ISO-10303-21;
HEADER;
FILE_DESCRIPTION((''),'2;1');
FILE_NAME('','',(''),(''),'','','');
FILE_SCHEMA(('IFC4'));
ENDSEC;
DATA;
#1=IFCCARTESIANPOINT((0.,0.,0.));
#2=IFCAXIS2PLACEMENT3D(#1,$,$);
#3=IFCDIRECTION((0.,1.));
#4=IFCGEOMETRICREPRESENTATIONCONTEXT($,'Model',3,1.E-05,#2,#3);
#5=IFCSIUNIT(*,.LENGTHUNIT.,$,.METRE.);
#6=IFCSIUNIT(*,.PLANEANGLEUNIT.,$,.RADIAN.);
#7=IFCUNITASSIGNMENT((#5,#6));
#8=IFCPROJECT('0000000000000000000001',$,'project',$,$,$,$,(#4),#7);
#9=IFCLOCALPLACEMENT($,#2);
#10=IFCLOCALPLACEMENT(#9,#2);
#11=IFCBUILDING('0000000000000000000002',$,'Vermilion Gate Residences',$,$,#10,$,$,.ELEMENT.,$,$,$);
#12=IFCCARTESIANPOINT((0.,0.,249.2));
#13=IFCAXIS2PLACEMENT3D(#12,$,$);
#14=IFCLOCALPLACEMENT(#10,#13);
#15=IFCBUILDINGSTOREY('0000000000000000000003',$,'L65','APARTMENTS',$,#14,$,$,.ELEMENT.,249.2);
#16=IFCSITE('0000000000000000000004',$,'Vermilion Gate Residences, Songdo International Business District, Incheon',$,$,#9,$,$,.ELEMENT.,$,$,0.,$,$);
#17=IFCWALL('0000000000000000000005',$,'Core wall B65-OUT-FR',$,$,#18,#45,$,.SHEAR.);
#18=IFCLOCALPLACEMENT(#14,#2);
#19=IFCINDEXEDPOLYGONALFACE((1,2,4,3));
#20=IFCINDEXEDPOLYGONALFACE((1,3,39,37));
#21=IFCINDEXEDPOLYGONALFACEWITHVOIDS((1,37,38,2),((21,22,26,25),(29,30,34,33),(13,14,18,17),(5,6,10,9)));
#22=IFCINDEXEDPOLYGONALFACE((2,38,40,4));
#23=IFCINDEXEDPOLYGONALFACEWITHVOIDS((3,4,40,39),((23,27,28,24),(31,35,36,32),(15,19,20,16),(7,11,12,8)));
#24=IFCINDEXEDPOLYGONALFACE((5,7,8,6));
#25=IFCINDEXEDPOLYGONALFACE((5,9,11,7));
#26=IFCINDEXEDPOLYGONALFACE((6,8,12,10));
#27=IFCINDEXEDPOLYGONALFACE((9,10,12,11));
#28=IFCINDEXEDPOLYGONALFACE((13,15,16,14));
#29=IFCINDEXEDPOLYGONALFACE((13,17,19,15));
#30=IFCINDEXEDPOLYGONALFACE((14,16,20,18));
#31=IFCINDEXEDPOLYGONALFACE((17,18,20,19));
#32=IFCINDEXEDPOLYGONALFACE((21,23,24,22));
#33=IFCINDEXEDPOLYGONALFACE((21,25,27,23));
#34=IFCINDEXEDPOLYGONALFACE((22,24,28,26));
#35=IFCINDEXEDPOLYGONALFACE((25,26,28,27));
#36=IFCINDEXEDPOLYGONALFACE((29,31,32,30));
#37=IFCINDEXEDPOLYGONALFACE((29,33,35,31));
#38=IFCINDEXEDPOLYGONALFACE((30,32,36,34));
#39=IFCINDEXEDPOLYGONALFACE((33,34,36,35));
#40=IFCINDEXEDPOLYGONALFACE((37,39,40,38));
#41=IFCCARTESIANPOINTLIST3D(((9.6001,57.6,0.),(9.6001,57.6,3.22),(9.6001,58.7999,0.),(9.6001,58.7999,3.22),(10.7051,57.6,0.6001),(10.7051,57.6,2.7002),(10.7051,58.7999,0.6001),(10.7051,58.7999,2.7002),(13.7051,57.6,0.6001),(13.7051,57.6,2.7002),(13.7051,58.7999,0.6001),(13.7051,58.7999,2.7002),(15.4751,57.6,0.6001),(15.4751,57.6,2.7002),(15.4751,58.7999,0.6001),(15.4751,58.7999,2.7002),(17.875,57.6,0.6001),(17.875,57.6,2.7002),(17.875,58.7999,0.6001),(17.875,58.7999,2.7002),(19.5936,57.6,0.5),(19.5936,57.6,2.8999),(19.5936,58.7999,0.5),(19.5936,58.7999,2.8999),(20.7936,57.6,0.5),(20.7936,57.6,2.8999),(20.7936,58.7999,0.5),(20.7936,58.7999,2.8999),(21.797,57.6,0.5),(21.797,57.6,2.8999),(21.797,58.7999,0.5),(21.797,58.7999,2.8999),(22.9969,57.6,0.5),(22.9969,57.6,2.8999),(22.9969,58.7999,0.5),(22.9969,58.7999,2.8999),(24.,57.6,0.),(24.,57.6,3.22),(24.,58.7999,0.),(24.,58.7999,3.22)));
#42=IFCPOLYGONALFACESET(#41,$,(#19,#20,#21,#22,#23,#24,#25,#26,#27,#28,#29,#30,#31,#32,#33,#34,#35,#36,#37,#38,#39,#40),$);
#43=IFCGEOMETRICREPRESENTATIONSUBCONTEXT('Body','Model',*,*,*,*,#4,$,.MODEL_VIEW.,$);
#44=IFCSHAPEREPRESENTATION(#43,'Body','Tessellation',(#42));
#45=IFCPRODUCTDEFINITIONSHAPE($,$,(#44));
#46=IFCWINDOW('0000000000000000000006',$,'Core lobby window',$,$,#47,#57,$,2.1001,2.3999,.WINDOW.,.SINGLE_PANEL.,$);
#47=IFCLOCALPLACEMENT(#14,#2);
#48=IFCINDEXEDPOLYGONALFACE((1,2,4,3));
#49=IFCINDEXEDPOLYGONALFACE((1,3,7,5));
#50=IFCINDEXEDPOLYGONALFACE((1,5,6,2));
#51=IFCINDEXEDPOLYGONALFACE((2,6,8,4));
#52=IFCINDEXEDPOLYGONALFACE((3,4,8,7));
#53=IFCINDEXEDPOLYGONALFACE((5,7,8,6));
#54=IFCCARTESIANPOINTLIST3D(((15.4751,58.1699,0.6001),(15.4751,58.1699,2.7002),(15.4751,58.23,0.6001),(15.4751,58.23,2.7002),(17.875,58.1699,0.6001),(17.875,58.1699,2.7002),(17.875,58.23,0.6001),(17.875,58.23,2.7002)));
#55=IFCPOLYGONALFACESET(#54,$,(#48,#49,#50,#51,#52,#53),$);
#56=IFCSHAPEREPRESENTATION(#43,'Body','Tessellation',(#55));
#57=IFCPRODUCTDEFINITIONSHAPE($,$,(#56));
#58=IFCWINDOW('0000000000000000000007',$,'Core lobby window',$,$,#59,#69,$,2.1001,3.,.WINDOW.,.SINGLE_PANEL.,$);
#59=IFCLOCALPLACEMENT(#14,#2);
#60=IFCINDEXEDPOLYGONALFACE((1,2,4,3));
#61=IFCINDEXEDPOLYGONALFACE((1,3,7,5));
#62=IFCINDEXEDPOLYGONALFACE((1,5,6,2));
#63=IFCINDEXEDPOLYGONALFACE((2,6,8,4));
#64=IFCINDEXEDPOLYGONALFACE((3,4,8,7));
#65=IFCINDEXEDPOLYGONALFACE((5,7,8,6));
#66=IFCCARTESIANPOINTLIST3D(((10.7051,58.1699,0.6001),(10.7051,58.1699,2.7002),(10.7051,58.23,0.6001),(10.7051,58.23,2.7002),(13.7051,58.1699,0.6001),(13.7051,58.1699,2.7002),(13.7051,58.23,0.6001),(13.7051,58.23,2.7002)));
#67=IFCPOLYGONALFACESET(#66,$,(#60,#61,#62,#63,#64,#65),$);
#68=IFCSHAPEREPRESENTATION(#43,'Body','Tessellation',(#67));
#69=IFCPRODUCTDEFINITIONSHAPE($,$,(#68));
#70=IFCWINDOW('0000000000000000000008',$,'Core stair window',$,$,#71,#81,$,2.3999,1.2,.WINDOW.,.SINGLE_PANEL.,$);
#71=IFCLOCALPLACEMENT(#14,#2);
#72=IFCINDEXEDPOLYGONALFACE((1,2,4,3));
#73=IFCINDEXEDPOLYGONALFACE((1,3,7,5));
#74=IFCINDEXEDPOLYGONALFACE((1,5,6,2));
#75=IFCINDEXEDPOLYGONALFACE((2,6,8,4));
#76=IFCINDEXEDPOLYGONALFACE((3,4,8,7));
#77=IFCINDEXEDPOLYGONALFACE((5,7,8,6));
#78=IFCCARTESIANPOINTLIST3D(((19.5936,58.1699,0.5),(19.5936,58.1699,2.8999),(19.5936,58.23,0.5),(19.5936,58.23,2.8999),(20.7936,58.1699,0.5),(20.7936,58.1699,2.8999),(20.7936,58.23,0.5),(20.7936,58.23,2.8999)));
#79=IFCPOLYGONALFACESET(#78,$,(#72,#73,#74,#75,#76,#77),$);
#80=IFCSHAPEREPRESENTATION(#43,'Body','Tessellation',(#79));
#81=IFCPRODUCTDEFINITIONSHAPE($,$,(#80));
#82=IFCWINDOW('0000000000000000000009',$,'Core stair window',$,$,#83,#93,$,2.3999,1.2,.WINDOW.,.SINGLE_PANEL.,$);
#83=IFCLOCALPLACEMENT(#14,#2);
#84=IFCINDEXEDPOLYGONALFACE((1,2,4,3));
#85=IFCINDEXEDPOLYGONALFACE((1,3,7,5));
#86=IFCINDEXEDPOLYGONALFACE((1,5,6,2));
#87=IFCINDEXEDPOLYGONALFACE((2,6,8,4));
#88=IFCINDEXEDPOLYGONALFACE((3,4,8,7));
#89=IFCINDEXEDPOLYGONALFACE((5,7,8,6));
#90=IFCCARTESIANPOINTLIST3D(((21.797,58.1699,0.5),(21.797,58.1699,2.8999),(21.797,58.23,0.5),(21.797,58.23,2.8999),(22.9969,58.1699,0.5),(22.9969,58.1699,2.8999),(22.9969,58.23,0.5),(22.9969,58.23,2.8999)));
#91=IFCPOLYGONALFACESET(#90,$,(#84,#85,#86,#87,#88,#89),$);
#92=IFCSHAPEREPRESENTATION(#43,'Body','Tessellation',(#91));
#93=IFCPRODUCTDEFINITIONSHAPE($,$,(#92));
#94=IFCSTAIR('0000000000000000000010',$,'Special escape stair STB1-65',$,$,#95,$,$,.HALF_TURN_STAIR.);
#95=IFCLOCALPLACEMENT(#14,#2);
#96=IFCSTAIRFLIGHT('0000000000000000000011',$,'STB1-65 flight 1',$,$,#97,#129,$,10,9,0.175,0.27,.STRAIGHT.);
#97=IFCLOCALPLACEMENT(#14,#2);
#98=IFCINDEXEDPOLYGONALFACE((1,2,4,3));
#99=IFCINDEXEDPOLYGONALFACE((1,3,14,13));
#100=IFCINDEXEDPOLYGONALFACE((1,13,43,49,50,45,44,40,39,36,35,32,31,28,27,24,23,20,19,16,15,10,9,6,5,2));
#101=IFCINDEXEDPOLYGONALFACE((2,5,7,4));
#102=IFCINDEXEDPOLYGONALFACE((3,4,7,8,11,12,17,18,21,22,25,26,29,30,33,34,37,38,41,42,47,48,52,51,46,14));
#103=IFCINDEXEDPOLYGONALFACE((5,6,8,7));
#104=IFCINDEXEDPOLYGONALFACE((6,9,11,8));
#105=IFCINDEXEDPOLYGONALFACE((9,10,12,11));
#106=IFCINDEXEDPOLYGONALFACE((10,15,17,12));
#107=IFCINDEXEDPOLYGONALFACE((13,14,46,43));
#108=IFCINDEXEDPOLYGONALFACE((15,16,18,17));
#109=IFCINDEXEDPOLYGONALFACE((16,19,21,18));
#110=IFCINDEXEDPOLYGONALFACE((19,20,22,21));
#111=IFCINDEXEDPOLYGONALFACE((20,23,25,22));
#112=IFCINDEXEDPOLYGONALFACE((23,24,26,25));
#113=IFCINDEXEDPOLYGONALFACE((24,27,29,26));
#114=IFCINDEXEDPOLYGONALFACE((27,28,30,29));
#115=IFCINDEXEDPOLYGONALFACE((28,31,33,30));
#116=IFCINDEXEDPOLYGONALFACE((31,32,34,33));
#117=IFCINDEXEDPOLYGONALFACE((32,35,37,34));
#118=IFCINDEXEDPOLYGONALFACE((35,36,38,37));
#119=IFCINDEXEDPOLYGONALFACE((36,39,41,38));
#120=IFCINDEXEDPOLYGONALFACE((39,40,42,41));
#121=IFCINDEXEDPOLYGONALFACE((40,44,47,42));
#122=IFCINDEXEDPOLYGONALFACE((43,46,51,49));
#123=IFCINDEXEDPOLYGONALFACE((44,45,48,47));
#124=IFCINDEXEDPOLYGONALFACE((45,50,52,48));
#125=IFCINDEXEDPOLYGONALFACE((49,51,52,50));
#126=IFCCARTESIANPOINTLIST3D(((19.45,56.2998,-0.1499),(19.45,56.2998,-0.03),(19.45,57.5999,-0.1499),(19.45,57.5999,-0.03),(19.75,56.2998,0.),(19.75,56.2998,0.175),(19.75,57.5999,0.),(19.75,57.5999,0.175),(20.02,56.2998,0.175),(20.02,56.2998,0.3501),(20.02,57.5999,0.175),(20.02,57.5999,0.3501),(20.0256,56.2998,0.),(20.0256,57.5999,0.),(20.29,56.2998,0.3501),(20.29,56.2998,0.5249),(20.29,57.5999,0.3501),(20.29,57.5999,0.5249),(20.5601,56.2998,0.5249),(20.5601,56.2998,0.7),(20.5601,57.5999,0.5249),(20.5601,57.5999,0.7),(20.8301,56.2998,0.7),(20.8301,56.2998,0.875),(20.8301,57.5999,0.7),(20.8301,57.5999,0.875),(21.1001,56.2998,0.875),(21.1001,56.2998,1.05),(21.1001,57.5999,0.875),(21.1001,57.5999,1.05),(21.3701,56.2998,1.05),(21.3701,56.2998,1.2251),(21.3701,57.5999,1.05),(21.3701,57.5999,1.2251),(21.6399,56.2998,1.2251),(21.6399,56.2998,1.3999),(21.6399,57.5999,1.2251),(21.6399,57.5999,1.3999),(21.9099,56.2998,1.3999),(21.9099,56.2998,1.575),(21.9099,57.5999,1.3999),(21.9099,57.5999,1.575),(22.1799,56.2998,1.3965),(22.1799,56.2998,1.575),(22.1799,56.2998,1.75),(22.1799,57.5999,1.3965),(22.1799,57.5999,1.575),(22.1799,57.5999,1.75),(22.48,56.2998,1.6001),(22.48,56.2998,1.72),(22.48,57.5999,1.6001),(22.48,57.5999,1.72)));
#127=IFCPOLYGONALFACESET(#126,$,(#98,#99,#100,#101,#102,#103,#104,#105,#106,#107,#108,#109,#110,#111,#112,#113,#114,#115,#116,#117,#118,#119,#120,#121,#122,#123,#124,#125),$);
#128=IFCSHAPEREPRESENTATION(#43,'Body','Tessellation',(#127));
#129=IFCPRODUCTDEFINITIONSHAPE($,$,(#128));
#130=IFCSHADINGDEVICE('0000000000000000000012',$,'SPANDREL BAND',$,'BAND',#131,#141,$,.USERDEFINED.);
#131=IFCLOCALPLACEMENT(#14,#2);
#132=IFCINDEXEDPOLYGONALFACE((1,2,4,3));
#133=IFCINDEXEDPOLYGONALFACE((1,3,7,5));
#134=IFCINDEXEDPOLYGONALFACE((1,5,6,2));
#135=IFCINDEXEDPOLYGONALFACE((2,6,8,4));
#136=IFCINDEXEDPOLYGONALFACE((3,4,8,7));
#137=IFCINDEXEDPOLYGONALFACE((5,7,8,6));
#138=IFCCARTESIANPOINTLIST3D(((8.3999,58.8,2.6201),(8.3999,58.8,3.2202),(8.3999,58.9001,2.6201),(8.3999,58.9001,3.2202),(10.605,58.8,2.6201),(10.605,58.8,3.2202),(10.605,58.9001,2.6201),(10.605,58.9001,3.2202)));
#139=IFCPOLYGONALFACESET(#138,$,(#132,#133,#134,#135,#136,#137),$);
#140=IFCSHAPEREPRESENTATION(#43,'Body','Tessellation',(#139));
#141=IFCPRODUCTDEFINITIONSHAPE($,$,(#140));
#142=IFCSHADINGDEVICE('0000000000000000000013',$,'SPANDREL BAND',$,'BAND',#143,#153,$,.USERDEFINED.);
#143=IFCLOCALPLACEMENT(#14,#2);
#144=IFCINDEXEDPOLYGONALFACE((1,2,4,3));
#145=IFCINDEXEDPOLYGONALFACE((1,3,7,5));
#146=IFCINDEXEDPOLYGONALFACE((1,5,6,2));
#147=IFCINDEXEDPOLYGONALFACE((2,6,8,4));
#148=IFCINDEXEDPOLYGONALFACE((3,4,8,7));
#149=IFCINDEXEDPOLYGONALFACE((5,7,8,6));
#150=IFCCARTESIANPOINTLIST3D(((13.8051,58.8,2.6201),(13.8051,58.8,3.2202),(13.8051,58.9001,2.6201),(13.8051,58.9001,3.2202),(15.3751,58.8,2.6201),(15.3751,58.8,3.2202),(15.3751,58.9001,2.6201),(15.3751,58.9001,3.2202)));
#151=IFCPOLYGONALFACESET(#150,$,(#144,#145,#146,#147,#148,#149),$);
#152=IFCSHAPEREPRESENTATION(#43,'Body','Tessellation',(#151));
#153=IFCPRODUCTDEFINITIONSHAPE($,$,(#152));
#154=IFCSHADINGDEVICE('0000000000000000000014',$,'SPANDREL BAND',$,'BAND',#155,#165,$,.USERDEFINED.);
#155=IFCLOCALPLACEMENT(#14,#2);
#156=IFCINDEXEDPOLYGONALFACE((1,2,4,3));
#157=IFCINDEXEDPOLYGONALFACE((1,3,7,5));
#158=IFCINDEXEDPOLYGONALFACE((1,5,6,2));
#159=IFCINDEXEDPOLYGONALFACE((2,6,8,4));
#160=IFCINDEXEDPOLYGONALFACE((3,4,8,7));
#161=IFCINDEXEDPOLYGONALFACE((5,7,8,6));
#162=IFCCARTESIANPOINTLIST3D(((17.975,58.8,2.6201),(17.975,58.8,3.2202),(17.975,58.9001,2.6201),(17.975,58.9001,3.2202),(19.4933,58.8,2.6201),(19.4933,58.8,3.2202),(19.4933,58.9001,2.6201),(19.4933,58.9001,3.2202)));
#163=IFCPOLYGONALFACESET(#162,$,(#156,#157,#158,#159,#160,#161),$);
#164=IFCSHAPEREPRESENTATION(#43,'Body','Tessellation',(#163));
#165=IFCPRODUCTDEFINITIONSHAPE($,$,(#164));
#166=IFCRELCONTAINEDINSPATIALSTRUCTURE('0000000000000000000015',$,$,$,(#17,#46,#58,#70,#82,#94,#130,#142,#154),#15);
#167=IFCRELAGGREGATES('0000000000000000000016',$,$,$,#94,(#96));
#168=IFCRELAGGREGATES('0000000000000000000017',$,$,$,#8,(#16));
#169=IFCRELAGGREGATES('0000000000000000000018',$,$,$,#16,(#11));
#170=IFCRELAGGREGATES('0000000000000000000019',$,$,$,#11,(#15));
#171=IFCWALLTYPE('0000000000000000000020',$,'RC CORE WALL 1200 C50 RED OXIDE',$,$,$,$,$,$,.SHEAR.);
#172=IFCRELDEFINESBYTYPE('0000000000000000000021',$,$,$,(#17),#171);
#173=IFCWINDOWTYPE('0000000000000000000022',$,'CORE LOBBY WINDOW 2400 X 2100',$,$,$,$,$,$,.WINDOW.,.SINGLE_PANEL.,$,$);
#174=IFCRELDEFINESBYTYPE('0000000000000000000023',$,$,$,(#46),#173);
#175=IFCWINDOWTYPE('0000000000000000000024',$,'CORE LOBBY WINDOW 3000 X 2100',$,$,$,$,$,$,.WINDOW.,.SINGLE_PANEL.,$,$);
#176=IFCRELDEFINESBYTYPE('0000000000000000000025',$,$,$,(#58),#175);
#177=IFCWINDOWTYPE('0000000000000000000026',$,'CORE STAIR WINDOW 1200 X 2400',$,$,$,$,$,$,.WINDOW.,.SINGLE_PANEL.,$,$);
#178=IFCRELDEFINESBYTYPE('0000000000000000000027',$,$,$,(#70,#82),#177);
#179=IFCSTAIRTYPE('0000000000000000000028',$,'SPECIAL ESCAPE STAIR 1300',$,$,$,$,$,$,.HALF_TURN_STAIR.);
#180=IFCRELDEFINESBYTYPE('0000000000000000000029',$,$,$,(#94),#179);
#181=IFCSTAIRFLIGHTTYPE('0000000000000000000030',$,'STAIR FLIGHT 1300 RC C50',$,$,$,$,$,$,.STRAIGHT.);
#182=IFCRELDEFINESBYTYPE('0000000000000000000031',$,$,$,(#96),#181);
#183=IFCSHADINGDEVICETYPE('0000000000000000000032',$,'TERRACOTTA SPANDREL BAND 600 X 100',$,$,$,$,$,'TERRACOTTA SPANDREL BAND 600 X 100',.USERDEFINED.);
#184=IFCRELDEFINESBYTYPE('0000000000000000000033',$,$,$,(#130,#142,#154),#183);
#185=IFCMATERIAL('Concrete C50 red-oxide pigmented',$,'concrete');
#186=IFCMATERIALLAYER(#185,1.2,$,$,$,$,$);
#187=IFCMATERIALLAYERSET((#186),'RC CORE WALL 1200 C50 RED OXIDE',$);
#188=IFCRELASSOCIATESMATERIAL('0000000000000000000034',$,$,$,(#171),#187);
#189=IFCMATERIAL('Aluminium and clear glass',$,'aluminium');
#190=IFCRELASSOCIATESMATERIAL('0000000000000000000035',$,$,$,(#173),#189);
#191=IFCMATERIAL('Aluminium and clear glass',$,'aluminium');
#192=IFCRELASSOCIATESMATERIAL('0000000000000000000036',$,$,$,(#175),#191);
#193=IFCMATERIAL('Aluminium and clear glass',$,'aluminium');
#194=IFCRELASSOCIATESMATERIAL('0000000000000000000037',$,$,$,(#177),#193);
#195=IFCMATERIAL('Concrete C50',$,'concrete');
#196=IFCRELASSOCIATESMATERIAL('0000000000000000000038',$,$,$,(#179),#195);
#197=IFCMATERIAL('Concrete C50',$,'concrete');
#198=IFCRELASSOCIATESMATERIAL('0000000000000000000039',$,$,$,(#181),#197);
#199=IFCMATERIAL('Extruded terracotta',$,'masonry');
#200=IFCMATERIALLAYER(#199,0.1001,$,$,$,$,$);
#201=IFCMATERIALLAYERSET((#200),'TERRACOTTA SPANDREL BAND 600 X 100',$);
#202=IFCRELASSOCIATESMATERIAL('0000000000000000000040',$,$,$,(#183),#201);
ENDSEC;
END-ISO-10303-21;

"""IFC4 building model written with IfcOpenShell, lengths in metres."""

from ifc_helpers import new_model, si_unit, direction, frame, frame_2d, origin, origin_2d, place, context, subcontext, project, spatial, polyline, rectangle, outline, extrude, material, layer, layer_set, type_object, element, fill, aggregate, save


model = new_model("IFC4")

# Units and contexts
model_context = context("Model", 3, precision=1e-05, world=origin(), true_north=direction((0.0, 1.0)))
body_context = subcontext(model_context, "Body", "Model", "MODEL_VIEW")
ifc_project = project(units=[si_unit("LENGTHUNIT", "METRE"), si_unit("PLANEANGLEUNIT", "RADIAN")], contexts=[model_context])

# Site, building, storey
site_placement = place(None, origin())
site = spatial("IfcSite", under=ifc_project, at=site_placement, Name="Vermilion Gate Residences, Songdo International Business District, Incheon", CompositionType="ELEMENT", RefElevation=0.0)
building_placement = place(site_placement, origin())
building = spatial("IfcBuilding", under=site, at=building_placement, Name="Vermilion Gate Residences", CompositionType="ELEMENT")
storey_placement = place(building_placement, frame((0.0, 0.0, 249.2)))
storey = spatial("IfcBuildingStorey", under=building, at=storey_placement, Name="L65", Description="APARTMENTS", CompositionType="ELEMENT", Elevation=249.2)

# Wall, openings, windows
ifc_material_1 = material(Name="Concrete C50 red-oxide pigmented", Category="concrete")
ifc_layer_1 = layer(ifc_material_1, 1.2)
ifc_layer_set_1 = layer_set([ifc_layer_1], Name="RC CORE WALL 1200 C50 RED OXIDE")
wall_type_1 = type_object("IfcWallType", Name="RC CORE WALL 1200 C50 RED OXIDE", PredefinedType="SHEAR", material=ifc_layer_set_1)
ifc_material_2 = material(Name="Aluminium and clear glass", Category="aluminium")
window_type_1 = type_object("IfcWindowType", Name="CORE LOBBY WINDOW 2400 X 2100", PartitioningType="SINGLE_PANEL", PredefinedType="WINDOW", material=ifc_material_2)
wall_1_placement = place(storey_placement, frame((9.6001, 58.2, 0.0), z_axis=(0.0, 0.0, 1.0), x_axis=(1.0, 0.0, 0.0)))
wall_1 = element("IfcWall", 1, at=wall_1_placement, inside=storey, type_object=wall_type_1, Name="Core wall B65-OUT-FR", PredefinedType="SHEAR", context=body_context, shape_type="SweptSolid", body=[
    extrude(rectangle(XDim=14.3999, YDim=1.2, at=frame_2d((7.2, 0.0))), origin(), (0.0, 0.0, 1.0), 3.22),
])
opening_1_placement = place(wall_1_placement, frame((1.105, 0.0, 0.6001)))
opening_1 = element("IfcOpeningElement", 2, at=opening_1_placement, cuts=wall_1, PredefinedType="OPENING", context=body_context, shape_type="SweptSolid", body=[
    extrude(rectangle(XDim=3.0, YDim=2.1001, at=frame_2d((1.5, 1.05))), frame((0.0, 0.6099, 0.0), z_axis=(0.0, -1.0, 0.0), x_axis=(1.0, 0.0, 0.0)), (0.0, 0.0, 1.0), 1.22),
])
opening_2_placement = place(wall_1_placement, frame((5.875, 0.0, 0.6001)))
opening_2 = element("IfcOpeningElement", 3, at=opening_2_placement, cuts=wall_1, PredefinedType="OPENING", context=body_context, shape_type="SweptSolid", body=[
    extrude(rectangle(XDim=2.3999, YDim=2.1001, at=frame_2d((1.2, 1.05))), frame((0.0, 0.6099, 0.0), z_axis=(0.0, -1.0, 0.0), x_axis=(1.0, 0.0, 0.0)), (0.0, 0.0, 1.0), 1.22),
])
opening_3_placement = place(wall_1_placement, frame((9.9934, 0.0, 0.5)))
opening_3 = element("IfcOpeningElement", 4, at=opening_3_placement, cuts=wall_1, PredefinedType="OPENING", context=body_context, shape_type="SweptSolid", body=[
    extrude(rectangle(XDim=1.2, YDim=2.3999, at=frame_2d((0.6001, 1.2))), frame((0.0, 0.6099, 0.0), z_axis=(0.0, -1.0, 0.0), x_axis=(1.0, 0.0, 0.0)), (0.0, 0.0, 1.0), 1.22),
])
opening_4_placement = place(wall_1_placement, frame((12.1968, 0.0, 0.5)))
opening_4 = element("IfcOpeningElement", 5, at=opening_4_placement, cuts=wall_1, PredefinedType="OPENING", context=body_context, shape_type="SweptSolid", body=[
    extrude(rectangle(XDim=1.2, YDim=2.3999, at=frame_2d((0.6001, 1.2))), frame((0.0, 0.6099, 0.0), z_axis=(0.0, -1.0, 0.0), x_axis=(1.0, 0.0, 0.0)), (0.0, 0.0, 1.0), 1.22),
])
window_1_placement = place(opening_2_placement, origin())
window_1 = element("IfcWindow", 6, at=window_1_placement, inside=storey, type_object=window_type_1, Name="Core lobby window", OverallHeight=2.1001, OverallWidth=2.3999, PartitioningType="SINGLE_PANEL", PredefinedType="WINDOW", context=body_context, shape_type="SweptSolid", body=[
    extrude(rectangle(XDim=2.3999, YDim=2.1001, at=frame_2d((1.2, 1.05))), frame((0.0, 0.03, 0.0), z_axis=(0.0, -1.0, 0.0), x_axis=(1.0, 0.0, 0.0)), (0.0, 0.0, 1.0), 0.0601),
])
fill(opening_2, window_1)
ifc_material_3 = material(Name="Aluminium and clear glass", Category="aluminium")
window_type_2 = type_object("IfcWindowType", Name="CORE LOBBY WINDOW 3000 X 2100", PartitioningType="SINGLE_PANEL", PredefinedType="WINDOW", material=ifc_material_3)
window_2_placement = place(opening_1_placement, origin())
window_2 = element("IfcWindow", 7, at=window_2_placement, inside=storey, type_object=window_type_2, Name="Core lobby window", OverallHeight=2.1001, OverallWidth=3.0, PartitioningType="SINGLE_PANEL", PredefinedType="WINDOW", context=body_context, shape_type="SweptSolid", body=[
    extrude(rectangle(XDim=3.0, YDim=2.1001, at=frame_2d((1.5, 1.05))), frame((0.0, 0.03, 0.0), z_axis=(0.0, -1.0, 0.0), x_axis=(1.0, 0.0, 0.0)), (0.0, 0.0, 1.0), 0.0601),
])
fill(opening_1, window_2)
ifc_material_4 = material(Name="Aluminium and clear glass", Category="aluminium")
window_type_3 = type_object("IfcWindowType", Name="CORE STAIR WINDOW 1200 X 2400", PartitioningType="SINGLE_PANEL", PredefinedType="WINDOW", material=ifc_material_4)
window_3_placement = place(opening_3_placement, origin())
window_3 = element("IfcWindow", 8, at=window_3_placement, inside=storey, type_object=window_type_3, Name="Core stair window", OverallHeight=2.3999, OverallWidth=1.2, PartitioningType="SINGLE_PANEL", PredefinedType="WINDOW", context=body_context, shape_type="SweptSolid", body=[
    extrude(rectangle(XDim=1.2, YDim=2.3999, at=frame_2d((0.6001, 1.2))), frame((0.0, 0.03, 0.0), z_axis=(0.0, -1.0, 0.0), x_axis=(1.0, 0.0, 0.0)), (0.0, 0.0, 1.0), 0.0601),
])
fill(opening_3, window_3)
window_4_placement = place(opening_4_placement, origin())
window_4 = element("IfcWindow", 9, at=window_4_placement, inside=storey, type_object=window_type_3, Name="Core stair window", OverallHeight=2.3999, OverallWidth=1.2, PartitioningType="SINGLE_PANEL", PredefinedType="WINDOW", context=body_context, shape_type="SweptSolid", body=[
    extrude(rectangle(XDim=1.2, YDim=2.3999, at=frame_2d((0.6001, 1.2))), frame((0.0, 0.03, 0.0), z_axis=(0.0, -1.0, 0.0), x_axis=(1.0, 0.0, 0.0)), (0.0, 0.0, 1.0), 0.0601),
])
fill(opening_4, window_4)

# Stair, stair flight
ifc_material_5 = material(Name="Concrete C50", Category="concrete")
stair_type = type_object("IfcStairType", Name="SPECIAL ESCAPE STAIR 1300", PredefinedType="HALF_TURN_STAIR", material=ifc_material_5)
stair_placement = place(storey_placement, origin())
stair = element("IfcStair", 10, at=stair_placement, inside=storey, type_object=stair_type, Name="Special escape stair STB1-65", PredefinedType="HALF_TURN_STAIR")
ifc_material_6 = material(Name="Concrete C50", Category="concrete")
stair_flight_type = type_object("IfcStairFlightType", Name="STAIR FLIGHT 1300 RC C50", PredefinedType="STRAIGHT", material=ifc_material_6)
stair_flight_placement = place(storey_placement, frame((19.75, 56.95, 0.0), z_axis=(0.0, 0.0, 1.0), x_axis=(1.0, 0.0, 0.0)))
stair_flight = element("IfcStairFlight", 11, at=stair_flight_placement, type_object=stair_flight_type, Name="STB1-65 flight 1", NumberOfRisers=10, NumberOfTreads=9, PredefinedType="STRAIGHT", RiserHeight=0.175, TreadLength=0.27, context=body_context, shape_type="SweptSolid", body=[
    extrude(outline(polyline([(-0.3, -0.1499), (-0.3, -0.03), (0.0, 0.0), (0.0, 0.175), (0.27, 0.175), (0.27, 0.3501), (0.54, 0.3501), (0.54, 0.5249), (0.8101, 0.5249), (0.8101, 0.7), (1.0801, 0.7), (1.0801, 0.875), (1.3501, 0.875), (1.3501, 1.05), (1.6201, 1.05), (1.6201, 1.2251), (1.8899, 1.2251), (1.8899, 1.3999), (2.1599, 1.3999), (2.1599, 1.575), (2.4299, 1.575), (2.4299, 1.75), (2.73, 1.72), (2.73, 1.6001), (2.4299, 1.3965), (0.2756, 0.0), (-0.3, -0.1499)])), frame((0.0, 0.6499, 0.0), z_axis=(0.0, -1.0, 0.0), x_axis=(1.0, 0.0, 0.0)), (0.0, 0.0, 1.0), 1.3),
])
aggregate(stair, [stair_flight])

# Shading devices
ifc_material_7 = material(Name="Extruded terracotta", Category="masonry")
ifc_layer_2 = layer(ifc_material_7, 0.1001)
ifc_layer_set_2 = layer_set([ifc_layer_2], Name="TERRACOTTA SPANDREL BAND 600 X 100")
shading_device_type = type_object("IfcShadingDeviceType", Name="TERRACOTTA SPANDREL BAND 600 X 100", ElementType="TERRACOTTA SPANDREL BAND 600 X 100", PredefinedType="USERDEFINED", material=ifc_layer_set_2)
shading_device_1_placement = place(storey_placement, frame((9.5024, 58.8501, 2.6201), z_axis=(0.0, 0.0, 1.0), x_axis=(1.0, 0.0, 0.0)))
element("IfcShadingDevice", 12, at=shading_device_1_placement, inside=storey, type_object=shading_device_type, Name="SPANDREL BAND", ObjectType="BAND", PredefinedType="USERDEFINED", context=body_context, shape_type="SweptSolid", body=[
    extrude(rectangle(XDim=2.2051, YDim=0.1001, at=origin_2d()), origin(), (0.0, 0.0, 1.0), 0.6001),
])
shading_device_2_placement = place(storey_placement, frame((14.5901, 58.8501, 2.6201), z_axis=(0.0, 0.0, 1.0), x_axis=(1.0, 0.0, 0.0)))
element("IfcShadingDevice", 13, at=shading_device_2_placement, inside=storey, type_object=shading_device_type, Name="SPANDREL BAND", ObjectType="BAND", PredefinedType="USERDEFINED", context=body_context, shape_type="SweptSolid", body=[
    extrude(rectangle(XDim=1.5701, YDim=0.1001, at=origin_2d()), origin(), (0.0, 0.0, 1.0), 0.6001),
])
shading_device_3_placement = place(storey_placement, frame((18.7341, 58.8501, 2.6201), z_axis=(0.0, 0.0, 1.0), x_axis=(1.0, 0.0, 0.0)))
element("IfcShadingDevice", 14, at=shading_device_3_placement, inside=storey, type_object=shading_device_type, Name="SPANDREL BAND", ObjectType="BAND", PredefinedType="USERDEFINED", context=body_context, shape_type="SweptSolid", body=[
    extrude(rectangle(XDim=1.5183, YDim=0.1001, at=origin_2d()), origin(), (0.0, 0.0, 1.0), 0.6001),
])

save(model, "model.ifc")
